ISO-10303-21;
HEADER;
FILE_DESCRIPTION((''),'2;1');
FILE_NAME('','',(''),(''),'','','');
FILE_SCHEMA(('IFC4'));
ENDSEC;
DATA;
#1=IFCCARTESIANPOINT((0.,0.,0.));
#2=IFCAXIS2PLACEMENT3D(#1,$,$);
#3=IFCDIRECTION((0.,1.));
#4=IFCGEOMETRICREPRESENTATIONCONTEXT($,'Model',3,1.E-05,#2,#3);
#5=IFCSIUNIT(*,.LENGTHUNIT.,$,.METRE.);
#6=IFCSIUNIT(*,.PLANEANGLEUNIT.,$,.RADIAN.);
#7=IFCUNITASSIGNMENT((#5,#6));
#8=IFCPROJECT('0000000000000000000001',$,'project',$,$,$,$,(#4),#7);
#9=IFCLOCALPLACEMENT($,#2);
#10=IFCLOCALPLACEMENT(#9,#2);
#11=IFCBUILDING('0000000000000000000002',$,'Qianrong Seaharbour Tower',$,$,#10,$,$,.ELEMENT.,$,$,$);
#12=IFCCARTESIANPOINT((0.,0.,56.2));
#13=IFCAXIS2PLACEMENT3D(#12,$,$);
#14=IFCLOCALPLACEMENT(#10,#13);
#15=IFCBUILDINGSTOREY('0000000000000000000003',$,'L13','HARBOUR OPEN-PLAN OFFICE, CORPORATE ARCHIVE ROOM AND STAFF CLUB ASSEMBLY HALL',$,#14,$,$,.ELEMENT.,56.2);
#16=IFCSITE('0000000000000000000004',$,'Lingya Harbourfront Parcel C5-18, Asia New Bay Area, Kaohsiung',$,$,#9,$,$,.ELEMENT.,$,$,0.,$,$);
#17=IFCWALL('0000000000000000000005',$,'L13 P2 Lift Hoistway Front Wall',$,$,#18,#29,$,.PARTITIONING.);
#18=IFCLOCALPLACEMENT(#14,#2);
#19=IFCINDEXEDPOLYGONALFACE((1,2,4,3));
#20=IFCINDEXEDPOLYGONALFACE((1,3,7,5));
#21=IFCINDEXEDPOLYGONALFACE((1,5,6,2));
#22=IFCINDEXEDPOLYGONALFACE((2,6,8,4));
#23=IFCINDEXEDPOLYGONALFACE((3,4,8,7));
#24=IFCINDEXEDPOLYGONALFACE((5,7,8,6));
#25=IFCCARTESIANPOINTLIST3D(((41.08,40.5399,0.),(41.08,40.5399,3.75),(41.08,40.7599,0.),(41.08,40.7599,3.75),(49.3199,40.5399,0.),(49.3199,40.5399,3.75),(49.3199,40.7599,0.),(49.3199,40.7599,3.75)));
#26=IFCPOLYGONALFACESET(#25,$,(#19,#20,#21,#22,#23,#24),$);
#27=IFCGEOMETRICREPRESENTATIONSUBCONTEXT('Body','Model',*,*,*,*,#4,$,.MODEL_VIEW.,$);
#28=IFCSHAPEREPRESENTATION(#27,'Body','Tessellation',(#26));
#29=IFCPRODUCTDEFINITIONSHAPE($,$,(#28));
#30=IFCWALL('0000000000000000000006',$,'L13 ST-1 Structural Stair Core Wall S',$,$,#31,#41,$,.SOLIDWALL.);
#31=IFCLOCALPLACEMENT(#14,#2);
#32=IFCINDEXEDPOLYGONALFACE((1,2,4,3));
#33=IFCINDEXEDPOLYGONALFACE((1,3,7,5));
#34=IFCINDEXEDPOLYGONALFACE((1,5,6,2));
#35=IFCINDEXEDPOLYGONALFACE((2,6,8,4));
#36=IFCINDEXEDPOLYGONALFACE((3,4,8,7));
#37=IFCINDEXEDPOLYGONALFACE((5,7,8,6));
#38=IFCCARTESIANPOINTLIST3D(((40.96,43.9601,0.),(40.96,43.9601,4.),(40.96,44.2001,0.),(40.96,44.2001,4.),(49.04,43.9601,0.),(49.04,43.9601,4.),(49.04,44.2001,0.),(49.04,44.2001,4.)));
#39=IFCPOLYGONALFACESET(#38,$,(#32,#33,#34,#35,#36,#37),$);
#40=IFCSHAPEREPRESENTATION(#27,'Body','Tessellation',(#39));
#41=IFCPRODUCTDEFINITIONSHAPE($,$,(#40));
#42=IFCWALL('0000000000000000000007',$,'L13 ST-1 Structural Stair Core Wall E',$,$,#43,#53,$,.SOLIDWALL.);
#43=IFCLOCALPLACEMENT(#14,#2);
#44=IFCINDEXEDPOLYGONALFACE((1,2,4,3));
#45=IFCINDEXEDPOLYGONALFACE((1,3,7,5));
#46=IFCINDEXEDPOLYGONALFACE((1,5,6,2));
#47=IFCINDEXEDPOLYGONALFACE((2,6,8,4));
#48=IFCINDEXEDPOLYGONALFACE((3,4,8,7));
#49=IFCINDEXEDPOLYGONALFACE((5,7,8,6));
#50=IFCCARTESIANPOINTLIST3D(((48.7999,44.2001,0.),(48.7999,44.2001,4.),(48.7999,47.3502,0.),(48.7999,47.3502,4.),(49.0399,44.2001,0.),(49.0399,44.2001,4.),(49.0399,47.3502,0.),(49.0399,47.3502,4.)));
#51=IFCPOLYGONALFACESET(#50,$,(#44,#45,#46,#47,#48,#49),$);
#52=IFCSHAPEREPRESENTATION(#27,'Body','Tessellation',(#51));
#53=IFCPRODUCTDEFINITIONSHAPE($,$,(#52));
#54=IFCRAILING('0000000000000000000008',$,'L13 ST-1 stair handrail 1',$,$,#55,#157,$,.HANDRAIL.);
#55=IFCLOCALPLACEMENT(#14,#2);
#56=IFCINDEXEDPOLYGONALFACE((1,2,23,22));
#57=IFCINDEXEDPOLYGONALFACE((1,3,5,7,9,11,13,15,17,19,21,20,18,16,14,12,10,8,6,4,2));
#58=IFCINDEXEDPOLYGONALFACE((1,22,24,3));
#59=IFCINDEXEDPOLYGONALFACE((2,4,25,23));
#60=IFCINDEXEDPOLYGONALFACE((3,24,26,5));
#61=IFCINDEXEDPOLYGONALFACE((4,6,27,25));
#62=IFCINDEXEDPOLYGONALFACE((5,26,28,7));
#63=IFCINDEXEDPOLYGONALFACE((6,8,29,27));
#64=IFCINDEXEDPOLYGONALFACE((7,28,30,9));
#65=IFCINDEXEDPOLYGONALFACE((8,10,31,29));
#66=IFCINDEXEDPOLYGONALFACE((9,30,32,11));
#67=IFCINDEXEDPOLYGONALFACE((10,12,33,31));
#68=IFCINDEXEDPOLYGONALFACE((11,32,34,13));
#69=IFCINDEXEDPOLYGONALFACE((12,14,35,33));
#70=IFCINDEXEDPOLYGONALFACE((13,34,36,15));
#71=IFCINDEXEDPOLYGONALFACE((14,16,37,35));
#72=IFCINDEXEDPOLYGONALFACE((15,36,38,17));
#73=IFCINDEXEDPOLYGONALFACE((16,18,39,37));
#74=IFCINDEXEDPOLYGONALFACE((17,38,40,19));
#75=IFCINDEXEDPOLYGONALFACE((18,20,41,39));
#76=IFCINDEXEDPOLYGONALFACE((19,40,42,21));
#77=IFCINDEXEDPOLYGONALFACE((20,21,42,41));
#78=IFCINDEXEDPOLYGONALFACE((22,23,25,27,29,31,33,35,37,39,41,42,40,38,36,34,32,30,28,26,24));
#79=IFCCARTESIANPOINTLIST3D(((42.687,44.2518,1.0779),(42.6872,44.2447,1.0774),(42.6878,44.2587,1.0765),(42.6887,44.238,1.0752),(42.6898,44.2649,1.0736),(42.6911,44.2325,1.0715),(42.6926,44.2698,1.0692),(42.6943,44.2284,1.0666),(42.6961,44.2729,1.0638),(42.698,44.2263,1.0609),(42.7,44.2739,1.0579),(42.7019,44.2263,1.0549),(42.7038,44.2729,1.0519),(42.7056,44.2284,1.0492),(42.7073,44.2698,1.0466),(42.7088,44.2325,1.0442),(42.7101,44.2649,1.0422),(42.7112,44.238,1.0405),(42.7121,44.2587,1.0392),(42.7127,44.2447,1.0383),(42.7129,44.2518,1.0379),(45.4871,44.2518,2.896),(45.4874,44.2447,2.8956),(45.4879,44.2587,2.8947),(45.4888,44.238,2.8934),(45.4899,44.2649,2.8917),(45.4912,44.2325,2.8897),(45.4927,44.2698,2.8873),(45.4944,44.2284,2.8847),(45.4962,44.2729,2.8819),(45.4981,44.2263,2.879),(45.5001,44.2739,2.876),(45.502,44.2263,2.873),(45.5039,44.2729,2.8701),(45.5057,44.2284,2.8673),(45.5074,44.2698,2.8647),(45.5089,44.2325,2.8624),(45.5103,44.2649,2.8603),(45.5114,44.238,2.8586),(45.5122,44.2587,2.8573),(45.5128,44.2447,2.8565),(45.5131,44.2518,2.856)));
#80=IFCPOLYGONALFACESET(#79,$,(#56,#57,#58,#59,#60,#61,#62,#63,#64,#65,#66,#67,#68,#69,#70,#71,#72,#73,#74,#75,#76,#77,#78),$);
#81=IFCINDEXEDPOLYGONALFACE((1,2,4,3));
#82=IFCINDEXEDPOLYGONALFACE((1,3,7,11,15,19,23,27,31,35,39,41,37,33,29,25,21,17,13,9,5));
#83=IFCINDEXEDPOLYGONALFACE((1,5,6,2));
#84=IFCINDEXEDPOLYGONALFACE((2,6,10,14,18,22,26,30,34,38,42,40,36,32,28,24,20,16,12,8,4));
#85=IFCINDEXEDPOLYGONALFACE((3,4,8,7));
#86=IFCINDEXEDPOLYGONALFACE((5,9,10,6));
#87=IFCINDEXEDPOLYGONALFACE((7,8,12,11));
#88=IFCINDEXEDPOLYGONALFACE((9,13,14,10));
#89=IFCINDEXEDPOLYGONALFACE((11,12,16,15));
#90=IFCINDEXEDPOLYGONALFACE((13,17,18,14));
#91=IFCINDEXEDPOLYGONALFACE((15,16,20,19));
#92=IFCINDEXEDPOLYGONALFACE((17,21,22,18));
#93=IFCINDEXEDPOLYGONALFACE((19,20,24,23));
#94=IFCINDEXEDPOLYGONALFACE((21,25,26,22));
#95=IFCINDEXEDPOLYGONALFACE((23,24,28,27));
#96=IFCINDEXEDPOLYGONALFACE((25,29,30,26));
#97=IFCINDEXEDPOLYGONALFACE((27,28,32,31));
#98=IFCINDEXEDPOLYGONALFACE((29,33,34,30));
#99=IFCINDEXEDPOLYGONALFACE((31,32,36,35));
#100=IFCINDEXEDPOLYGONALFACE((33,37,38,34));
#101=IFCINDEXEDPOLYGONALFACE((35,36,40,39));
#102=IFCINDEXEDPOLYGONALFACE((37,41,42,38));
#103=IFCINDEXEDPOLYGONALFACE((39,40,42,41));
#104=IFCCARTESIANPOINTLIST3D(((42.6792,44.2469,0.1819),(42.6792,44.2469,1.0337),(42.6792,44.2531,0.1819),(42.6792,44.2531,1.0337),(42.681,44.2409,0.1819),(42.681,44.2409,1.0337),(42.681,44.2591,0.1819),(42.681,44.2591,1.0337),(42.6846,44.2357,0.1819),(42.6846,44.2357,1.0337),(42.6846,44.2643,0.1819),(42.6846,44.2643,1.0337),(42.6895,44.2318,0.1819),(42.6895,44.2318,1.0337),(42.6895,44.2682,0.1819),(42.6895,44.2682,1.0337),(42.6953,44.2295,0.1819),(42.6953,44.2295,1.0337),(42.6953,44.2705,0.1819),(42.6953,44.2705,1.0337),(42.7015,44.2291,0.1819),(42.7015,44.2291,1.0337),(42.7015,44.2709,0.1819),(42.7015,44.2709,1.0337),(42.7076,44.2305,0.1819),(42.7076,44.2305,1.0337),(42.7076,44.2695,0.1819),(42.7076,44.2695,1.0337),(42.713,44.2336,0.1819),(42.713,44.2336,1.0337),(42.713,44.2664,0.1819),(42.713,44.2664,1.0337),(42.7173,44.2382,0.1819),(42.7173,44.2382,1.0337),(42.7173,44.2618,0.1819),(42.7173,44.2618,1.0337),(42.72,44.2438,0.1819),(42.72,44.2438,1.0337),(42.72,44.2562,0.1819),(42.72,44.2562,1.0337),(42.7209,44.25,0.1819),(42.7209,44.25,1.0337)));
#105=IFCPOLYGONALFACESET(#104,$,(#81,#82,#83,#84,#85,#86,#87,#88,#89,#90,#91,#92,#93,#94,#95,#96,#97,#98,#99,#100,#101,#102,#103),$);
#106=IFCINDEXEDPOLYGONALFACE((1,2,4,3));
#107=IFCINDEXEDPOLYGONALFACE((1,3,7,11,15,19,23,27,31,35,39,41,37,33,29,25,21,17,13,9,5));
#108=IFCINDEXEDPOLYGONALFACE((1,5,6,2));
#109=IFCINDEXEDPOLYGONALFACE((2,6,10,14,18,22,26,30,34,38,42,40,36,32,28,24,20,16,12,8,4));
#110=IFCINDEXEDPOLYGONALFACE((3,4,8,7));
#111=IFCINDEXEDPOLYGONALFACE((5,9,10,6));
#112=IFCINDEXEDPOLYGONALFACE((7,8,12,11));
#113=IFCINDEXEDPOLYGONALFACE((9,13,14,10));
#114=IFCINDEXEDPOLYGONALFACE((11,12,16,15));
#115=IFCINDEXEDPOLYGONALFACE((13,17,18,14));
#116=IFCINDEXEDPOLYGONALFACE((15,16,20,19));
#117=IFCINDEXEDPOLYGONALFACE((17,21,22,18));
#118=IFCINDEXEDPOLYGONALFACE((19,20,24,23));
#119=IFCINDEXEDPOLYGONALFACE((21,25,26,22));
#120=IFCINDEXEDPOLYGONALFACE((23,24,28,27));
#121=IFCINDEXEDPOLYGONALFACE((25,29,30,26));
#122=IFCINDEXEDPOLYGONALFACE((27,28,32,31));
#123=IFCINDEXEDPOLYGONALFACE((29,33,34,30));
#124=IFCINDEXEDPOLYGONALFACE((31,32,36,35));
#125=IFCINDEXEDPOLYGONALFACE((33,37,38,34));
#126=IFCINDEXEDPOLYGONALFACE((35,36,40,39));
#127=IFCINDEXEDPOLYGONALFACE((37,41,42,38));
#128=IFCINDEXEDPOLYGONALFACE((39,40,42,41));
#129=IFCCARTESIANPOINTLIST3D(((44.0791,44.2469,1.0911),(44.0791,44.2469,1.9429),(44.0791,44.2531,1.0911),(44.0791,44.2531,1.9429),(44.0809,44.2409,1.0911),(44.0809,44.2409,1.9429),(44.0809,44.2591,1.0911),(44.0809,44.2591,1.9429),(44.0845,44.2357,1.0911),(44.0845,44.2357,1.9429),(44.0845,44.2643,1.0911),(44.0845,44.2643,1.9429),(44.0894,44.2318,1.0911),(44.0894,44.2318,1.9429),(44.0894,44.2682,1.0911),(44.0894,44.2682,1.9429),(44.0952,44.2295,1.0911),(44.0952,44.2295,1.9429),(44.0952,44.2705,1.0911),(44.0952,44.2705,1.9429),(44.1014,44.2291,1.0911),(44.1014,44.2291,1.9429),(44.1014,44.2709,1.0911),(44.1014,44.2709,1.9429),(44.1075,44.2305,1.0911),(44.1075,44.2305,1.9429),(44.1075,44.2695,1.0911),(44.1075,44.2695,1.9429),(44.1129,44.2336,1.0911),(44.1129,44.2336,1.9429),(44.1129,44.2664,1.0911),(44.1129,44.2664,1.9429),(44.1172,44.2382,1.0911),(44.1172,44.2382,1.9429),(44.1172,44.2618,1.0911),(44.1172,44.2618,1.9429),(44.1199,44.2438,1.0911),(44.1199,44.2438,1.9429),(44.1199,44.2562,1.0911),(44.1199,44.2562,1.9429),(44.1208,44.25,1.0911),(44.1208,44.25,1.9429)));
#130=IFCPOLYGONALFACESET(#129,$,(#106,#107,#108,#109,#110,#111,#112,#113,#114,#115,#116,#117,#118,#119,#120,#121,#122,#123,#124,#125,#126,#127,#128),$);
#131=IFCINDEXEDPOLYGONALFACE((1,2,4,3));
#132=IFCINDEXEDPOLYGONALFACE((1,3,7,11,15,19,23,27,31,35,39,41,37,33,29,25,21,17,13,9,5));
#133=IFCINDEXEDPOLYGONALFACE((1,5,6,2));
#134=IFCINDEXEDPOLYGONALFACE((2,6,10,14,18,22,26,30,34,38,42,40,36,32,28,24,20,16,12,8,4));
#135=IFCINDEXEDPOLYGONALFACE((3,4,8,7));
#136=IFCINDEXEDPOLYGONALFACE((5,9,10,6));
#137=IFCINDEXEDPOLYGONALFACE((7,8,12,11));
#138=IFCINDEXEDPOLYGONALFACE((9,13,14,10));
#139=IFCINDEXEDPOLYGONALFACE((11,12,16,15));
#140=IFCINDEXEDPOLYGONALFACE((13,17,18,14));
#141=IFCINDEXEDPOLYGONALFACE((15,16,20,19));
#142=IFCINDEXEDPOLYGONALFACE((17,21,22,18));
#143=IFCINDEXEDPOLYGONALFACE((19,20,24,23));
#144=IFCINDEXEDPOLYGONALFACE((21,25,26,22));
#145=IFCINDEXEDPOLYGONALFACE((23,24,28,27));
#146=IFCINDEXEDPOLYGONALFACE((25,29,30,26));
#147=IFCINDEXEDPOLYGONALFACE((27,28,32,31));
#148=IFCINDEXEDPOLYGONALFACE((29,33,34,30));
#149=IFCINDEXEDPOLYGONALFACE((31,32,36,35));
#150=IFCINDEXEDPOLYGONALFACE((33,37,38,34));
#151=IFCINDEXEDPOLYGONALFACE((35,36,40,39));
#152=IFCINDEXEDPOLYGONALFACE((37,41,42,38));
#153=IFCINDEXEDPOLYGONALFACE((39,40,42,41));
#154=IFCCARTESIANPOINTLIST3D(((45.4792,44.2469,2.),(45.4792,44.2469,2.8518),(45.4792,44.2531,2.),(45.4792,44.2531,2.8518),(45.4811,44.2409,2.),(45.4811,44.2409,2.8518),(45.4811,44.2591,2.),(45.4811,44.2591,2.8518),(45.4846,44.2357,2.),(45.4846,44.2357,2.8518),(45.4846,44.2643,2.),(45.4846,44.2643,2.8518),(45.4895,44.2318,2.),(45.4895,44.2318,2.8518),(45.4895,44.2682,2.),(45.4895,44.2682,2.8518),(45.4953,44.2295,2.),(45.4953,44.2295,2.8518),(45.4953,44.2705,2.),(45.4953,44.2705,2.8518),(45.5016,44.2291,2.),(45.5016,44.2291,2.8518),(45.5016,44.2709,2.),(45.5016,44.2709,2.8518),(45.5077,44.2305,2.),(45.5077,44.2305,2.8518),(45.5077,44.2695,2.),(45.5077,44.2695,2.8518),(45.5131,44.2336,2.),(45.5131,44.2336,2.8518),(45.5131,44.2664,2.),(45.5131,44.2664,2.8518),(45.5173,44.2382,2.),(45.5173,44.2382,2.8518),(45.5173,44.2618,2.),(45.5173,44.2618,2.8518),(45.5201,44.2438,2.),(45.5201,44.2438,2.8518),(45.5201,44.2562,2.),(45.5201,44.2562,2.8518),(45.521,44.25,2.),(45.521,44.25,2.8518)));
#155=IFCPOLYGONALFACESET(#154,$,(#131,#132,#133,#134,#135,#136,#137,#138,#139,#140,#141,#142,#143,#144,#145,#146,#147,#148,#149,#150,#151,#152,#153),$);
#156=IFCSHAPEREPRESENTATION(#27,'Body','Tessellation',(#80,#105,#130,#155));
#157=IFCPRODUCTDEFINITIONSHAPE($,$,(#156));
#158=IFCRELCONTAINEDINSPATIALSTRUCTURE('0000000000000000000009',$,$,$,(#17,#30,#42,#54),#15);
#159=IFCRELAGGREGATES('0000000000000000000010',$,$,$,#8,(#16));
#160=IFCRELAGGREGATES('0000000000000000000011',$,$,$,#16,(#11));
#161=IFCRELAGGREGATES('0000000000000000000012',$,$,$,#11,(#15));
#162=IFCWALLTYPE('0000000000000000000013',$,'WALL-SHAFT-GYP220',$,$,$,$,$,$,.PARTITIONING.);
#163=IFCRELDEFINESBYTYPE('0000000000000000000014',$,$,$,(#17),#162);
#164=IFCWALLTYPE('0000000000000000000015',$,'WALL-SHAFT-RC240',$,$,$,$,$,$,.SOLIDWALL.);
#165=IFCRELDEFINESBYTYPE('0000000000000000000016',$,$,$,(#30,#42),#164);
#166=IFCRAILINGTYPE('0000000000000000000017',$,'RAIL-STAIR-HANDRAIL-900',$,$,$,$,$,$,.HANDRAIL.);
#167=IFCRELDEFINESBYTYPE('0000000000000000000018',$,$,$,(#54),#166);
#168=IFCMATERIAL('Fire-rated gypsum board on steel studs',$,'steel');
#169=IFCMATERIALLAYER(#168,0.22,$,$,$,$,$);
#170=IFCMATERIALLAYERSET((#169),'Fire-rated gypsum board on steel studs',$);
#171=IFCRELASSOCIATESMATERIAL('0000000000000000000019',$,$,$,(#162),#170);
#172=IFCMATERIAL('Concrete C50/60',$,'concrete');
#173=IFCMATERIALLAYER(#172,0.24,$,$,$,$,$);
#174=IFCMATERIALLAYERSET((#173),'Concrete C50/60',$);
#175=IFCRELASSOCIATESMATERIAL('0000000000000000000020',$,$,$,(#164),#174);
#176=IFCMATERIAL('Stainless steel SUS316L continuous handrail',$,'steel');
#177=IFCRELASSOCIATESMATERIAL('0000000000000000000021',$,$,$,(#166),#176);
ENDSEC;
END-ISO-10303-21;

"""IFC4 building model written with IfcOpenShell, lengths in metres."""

from ifc_helpers import new_model, si_unit, direction, frame, frame_2d, origin, origin_2d, place, context, subcontext, project, spatial, rectangle, circle, extrude, material, layer, layer_set, type_object, element, save


model = new_model("IFC4")

# Units and contexts
model_context = context("Model", 3, precision=1e-05, world=origin(), true_north=direction((0.0, 1.0)))
body_context = subcontext(model_context, "Body", "Model", "MODEL_VIEW")
ifc_project = project(units=[si_unit("LENGTHUNIT", "METRE"), si_unit("PLANEANGLEUNIT", "RADIAN")], contexts=[model_context])

# Site, building, storey
site_placement = place(None, origin())
site = spatial("IfcSite", under=ifc_project, at=site_placement, Name="Lingya Harbourfront Parcel C5-18, Asia New Bay Area, Kaohsiung", CompositionType="ELEMENT", RefElevation=0.0)
building_placement = place(site_placement, origin())
building = spatial("IfcBuilding", under=site, at=building_placement, Name="Qianrong Seaharbour Tower", CompositionType="ELEMENT")
storey_placement = place(building_placement, frame((0.0, 0.0, 56.2)))
storey = spatial("IfcBuildingStorey", under=building, at=storey_placement, Name="L13", Description="HARBOUR OPEN-PLAN OFFICE, CORPORATE ARCHIVE ROOM AND STAFF CLUB ASSEMBLY HALL", CompositionType="ELEMENT", Elevation=56.2)

# Shared definitions
ifc_material_1 = material(Name="Fire-rated gypsum board on steel studs", Category="steel")

# Shared definitions
ifc_layer_1 = layer(ifc_material_1, 0.22)
ifc_layer_set_1 = layer_set([ifc_layer_1], Name="Fire-rated gypsum board on steel studs")
wall_type_1 = type_object("IfcWallType", Name="WALL-SHAFT-GYP220", PredefinedType="PARTITIONING", material=ifc_layer_set_1)

# Walls
wall_1_placement = place(storey_placement, frame((49.3201, 40.6499, 0.0), z_axis=(0.0, 0.0, 1.0), x_axis=(-1.0, 0.0, 0.0)))
element("IfcWall", 1, at=wall_1_placement, inside=storey, type_object=wall_type_1, Name="L13 P2 Lift Hoistway Front Wall", PredefinedType="PARTITIONING", context=body_context, shape_type="SweptSolid", body=[
    extrude(rectangle(XDim=8.24, YDim=0.22, at=frame_2d((4.1201, 0.0))), origin(), (0.0, 0.0, 1.0), 3.75),
])
ifc_material_2 = material(Name="Concrete C50/60", Category="concrete")
ifc_layer_2 = layer(ifc_material_2, 0.24)
ifc_layer_set_2 = layer_set([ifc_layer_2], Name="Concrete C50/60")
wall_type_2 = type_object("IfcWallType", Name="WALL-SHAFT-RC240", PredefinedType="SOLIDWALL", material=ifc_layer_set_2)
wall_2_placement = place(storey_placement, frame((49.04, 44.0801, 0.0), z_axis=(0.0, 0.0, 1.0), x_axis=(-1.0, 0.0, 0.0)))
element("IfcWall", 2, at=wall_2_placement, inside=storey, type_object=wall_type_2, Name="L13 ST-1 Structural Stair Core Wall S", PredefinedType="SOLIDWALL", context=body_context, shape_type="SweptSolid", body=[
    extrude(rectangle(XDim=8.0801, YDim=0.24, at=frame_2d((4.04, 0.0))), origin(), (0.0, 0.0, 1.0), 4.0),
])
wall_3_placement = place(storey_placement, frame((48.9199, 44.2, 0.0), z_axis=(0.0, 0.0, 1.0), x_axis=(0.0, 1.0, 0.0)))
element("IfcWall", 3, at=wall_3_placement, inside=storey, type_object=wall_type_2, Name="L13 ST-1 Structural Stair Core Wall E", PredefinedType="SOLIDWALL", context=body_context, shape_type="SweptSolid", body=[
    extrude(rectangle(XDim=3.1501, YDim=0.24, at=frame_2d((1.5752, 0.0))), origin(), (0.0, 0.0, 1.0), 4.0),
])

# Railing
ifc_material_3 = material(Name="Stainless steel SUS316L continuous handrail", Category="steel")
railing_type = type_object("IfcRailingType", Name="RAIL-STAIR-HANDRAIL-900", PredefinedType="HANDRAIL", material=ifc_material_3)
railing_placement = place(storey_placement, frame((42.7, 44.25, 0.1819)))
element("IfcRailing", 4, at=railing_placement, inside=storey, type_object=railing_type, Name="L13 ST-1 stair handrail 1", PredefinedType="HANDRAIL", context=body_context, shape_type="SweptSolid", body=[
    extrude(circle(Radius=0.0239, at=origin_2d()), frame((0.0, 0.0, 0.876), z_axis=(0.838706, 0.0, 0.544585), x_axis=(0.0, 1.0, 0.0)), (0.0, 0.0, 1.0), 3.3386),
    extrude(circle(Radius=0.021, at=origin_2d()), origin(), (0.0, 0.0, 1.0), 0.8518),
    extrude(circle(Radius=0.021, at=origin_2d()), frame((1.3999, 0.0, 0.9092)), (0.0, 0.0, 1.0), 0.8518),
    extrude(circle(Radius=0.021, at=origin_2d()), frame((2.8, 0.0, 1.8181)), (0.0, 0.0, 1.0), 0.8518),
])

save(model, "model.ifc")
